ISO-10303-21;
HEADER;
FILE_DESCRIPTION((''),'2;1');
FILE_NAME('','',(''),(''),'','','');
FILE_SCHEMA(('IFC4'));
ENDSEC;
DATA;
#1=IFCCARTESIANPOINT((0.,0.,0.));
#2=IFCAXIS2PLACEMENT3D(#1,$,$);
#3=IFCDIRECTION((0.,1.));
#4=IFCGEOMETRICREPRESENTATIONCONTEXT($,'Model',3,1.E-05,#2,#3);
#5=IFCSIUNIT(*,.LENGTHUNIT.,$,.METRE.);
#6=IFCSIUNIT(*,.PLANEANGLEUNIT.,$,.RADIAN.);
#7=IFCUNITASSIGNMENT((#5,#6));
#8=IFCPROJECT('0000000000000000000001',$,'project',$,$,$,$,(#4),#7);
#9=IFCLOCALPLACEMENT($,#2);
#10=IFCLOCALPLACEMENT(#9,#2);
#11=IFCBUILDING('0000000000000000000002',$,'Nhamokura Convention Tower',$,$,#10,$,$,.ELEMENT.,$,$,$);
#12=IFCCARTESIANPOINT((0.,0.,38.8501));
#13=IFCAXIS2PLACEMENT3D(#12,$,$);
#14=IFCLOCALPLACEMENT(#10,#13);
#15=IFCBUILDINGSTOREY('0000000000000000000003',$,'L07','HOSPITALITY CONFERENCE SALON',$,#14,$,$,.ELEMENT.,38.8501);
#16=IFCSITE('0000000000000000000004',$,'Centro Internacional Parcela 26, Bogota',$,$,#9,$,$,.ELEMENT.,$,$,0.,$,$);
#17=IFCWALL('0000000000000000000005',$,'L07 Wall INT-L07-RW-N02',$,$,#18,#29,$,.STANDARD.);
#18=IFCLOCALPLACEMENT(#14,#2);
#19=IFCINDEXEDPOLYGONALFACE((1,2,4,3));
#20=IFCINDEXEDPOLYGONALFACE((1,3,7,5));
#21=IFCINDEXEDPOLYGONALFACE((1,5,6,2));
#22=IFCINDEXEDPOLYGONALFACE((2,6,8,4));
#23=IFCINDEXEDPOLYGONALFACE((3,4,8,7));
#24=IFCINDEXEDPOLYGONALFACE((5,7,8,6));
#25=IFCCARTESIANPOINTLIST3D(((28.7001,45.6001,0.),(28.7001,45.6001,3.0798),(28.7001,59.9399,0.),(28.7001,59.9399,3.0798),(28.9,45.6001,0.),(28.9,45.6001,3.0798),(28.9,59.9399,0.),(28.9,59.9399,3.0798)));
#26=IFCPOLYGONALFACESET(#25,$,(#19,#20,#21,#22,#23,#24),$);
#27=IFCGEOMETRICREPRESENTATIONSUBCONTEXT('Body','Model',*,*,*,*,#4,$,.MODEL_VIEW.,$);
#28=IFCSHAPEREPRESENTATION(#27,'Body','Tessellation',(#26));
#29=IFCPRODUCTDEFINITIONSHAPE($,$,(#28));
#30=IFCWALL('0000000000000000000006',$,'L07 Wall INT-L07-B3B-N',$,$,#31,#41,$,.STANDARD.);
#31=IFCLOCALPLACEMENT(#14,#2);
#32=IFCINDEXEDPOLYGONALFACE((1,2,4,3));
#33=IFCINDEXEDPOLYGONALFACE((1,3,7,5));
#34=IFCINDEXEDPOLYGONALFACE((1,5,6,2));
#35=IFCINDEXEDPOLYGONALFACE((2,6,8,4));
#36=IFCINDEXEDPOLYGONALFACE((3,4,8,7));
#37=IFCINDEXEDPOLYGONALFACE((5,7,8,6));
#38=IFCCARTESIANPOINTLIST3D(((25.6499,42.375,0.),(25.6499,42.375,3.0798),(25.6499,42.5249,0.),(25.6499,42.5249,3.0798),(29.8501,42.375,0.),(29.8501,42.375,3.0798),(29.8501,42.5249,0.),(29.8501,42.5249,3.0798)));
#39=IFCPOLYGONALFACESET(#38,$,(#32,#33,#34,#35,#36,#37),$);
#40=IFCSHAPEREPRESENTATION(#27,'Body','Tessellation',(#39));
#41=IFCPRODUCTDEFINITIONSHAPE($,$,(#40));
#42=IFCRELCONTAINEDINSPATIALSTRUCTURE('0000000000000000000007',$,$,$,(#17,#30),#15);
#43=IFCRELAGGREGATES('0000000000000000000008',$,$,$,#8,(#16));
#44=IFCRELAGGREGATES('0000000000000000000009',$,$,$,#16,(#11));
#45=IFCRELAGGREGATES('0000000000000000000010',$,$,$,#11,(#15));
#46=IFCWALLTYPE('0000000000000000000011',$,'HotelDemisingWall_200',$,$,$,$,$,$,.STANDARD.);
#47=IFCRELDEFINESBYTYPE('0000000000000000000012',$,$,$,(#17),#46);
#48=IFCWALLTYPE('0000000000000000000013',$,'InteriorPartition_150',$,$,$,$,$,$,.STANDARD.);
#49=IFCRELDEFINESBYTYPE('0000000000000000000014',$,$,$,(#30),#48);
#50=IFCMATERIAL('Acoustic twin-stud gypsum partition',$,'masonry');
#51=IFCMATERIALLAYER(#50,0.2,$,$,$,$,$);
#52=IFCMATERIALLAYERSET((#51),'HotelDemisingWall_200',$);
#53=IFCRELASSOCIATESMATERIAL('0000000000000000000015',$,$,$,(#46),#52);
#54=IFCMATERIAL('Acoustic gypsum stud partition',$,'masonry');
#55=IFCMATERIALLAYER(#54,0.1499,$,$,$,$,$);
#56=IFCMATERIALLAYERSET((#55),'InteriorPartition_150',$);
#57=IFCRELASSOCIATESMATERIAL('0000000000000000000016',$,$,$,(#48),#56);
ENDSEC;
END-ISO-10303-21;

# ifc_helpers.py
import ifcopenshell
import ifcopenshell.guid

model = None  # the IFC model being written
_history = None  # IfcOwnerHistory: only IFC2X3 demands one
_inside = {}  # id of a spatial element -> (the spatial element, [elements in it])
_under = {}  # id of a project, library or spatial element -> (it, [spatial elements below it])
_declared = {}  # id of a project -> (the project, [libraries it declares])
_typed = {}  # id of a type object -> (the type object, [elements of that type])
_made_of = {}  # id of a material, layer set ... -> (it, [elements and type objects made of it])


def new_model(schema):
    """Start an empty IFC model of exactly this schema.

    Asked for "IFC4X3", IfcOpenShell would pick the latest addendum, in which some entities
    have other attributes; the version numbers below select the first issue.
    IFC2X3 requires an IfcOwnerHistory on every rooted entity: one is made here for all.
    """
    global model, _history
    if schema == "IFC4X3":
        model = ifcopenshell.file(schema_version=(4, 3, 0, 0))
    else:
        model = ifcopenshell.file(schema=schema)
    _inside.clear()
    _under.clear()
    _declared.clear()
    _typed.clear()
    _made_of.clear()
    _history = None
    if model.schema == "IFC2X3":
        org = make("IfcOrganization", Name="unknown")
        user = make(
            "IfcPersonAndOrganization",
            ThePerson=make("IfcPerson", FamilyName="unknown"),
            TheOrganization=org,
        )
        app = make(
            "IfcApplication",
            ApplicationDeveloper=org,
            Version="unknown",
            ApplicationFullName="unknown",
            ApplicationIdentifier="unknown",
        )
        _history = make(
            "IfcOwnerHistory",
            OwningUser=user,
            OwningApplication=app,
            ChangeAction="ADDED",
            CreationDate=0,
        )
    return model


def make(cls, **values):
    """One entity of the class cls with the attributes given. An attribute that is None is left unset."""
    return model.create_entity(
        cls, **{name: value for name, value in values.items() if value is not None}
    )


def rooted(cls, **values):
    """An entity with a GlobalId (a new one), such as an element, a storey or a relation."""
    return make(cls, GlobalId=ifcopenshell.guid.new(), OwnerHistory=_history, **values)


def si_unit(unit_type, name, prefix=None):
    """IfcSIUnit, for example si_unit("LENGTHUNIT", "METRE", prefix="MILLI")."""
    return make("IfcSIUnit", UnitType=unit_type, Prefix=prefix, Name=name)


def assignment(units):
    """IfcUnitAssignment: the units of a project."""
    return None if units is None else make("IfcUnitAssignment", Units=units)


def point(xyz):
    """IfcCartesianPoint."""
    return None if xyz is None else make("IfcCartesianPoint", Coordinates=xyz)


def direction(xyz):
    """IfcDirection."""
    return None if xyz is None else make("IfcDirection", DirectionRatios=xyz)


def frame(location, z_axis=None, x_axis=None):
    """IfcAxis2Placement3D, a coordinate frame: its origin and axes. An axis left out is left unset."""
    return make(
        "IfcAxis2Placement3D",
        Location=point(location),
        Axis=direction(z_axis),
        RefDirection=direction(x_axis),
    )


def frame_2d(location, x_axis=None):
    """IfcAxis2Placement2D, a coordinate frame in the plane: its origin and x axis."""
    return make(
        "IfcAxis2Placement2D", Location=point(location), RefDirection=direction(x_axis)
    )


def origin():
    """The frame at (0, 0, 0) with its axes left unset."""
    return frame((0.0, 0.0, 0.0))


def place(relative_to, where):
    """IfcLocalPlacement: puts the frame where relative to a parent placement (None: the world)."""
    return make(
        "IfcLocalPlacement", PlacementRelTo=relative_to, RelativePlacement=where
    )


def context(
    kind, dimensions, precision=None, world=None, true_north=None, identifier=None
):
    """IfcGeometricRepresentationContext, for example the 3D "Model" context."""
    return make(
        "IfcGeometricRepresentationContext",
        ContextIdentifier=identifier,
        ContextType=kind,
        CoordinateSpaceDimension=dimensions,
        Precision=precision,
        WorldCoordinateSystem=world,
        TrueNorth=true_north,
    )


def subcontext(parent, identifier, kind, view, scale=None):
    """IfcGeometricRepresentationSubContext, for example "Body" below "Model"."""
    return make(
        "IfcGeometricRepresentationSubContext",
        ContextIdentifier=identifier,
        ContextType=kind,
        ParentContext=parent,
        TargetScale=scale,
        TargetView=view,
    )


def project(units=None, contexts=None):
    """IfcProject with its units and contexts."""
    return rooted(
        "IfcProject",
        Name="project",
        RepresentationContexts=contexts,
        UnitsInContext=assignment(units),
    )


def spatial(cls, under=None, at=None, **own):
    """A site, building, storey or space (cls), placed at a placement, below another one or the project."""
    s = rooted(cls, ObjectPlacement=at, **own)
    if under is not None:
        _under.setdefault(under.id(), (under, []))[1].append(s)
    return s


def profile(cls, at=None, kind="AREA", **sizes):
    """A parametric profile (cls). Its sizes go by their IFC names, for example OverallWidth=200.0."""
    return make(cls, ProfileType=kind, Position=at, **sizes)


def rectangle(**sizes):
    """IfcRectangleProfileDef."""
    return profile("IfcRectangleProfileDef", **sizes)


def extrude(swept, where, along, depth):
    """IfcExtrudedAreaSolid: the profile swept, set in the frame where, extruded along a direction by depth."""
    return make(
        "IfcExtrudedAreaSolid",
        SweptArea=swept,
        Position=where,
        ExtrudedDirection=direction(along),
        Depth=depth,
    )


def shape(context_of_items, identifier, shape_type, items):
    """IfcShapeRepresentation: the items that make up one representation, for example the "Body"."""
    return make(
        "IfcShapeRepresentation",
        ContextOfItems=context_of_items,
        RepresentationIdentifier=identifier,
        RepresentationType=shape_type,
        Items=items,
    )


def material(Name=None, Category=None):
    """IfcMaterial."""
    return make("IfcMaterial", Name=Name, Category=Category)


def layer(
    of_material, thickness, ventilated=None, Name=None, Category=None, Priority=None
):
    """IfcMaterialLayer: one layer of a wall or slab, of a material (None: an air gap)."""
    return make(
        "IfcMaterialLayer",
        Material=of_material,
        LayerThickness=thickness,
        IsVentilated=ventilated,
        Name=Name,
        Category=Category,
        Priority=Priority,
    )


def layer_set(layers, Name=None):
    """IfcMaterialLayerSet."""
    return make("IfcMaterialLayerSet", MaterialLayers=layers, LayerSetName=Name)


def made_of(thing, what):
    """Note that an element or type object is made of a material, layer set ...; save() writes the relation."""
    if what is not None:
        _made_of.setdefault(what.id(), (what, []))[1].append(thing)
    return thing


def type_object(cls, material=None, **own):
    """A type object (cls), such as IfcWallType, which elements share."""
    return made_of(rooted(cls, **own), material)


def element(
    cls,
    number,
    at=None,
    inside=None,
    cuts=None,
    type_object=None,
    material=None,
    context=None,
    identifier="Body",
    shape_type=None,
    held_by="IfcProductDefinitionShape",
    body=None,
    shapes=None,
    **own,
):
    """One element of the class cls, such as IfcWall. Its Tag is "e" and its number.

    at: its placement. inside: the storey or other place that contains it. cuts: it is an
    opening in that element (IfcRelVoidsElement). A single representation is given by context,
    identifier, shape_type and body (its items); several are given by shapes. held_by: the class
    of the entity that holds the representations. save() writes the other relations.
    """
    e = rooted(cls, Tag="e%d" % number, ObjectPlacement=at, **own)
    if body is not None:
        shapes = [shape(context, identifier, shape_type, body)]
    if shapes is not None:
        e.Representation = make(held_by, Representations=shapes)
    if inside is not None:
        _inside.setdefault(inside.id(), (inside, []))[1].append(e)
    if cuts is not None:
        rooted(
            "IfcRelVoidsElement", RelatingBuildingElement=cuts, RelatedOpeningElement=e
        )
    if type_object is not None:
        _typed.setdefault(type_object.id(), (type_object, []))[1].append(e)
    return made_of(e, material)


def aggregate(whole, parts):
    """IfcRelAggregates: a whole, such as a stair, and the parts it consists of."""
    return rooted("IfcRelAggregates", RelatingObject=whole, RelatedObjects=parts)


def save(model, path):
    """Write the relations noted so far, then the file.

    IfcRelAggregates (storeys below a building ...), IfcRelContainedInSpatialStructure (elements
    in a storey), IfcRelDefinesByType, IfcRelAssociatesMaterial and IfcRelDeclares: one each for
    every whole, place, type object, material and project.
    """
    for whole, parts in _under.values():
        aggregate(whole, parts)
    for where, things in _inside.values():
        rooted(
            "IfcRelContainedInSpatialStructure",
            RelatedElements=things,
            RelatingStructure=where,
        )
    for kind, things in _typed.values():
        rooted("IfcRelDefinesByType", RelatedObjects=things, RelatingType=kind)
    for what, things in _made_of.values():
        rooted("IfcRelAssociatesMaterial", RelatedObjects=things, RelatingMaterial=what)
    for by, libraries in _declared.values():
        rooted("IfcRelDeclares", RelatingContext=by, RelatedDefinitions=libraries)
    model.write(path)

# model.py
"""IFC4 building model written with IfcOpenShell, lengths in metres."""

from ifc_helpers import new_model, si_unit, direction, frame, frame_2d, origin, place, context, subcontext, project, spatial, rectangle, extrude, material, layer, layer_set, type_object, element, save


model = new_model("IFC4")

# Units and contexts
model_context = context("Model", 3, precision=1e-05, world=origin(), true_north=direction((0.0, 1.0)))
body_context = subcontext(model_context, "Body", "Model", "MODEL_VIEW")
ifc_project = project(units=[si_unit("LENGTHUNIT", "METRE"), si_unit("PLANEANGLEUNIT", "RADIAN")], contexts=[model_context])

# Site, building, storey
site_placement = place(None, origin())
site = spatial("IfcSite", under=ifc_project, at=site_placement, Name="Centro Internacional Parcela 26, Bogota", CompositionType="ELEMENT", RefElevation=0.0)
building_placement = place(site_placement, origin())
building = spatial("IfcBuilding", under=site, at=building_placement, Name="Nhamokura Convention Tower", CompositionType="ELEMENT")
storey_placement = place(building_placement, frame((0.0, 0.0, 38.8501)))
storey = spatial("IfcBuildingStorey", under=building, at=storey_placement, Name="L07", Description="HOSPITALITY CONFERENCE SALON", CompositionType="ELEMENT", Elevation=38.8501)

# Walls
ifc_material_1 = material(Name="Acoustic twin-stud gypsum partition", Category="masonry")
ifc_layer_1 = layer(ifc_material_1, 0.2)
ifc_layer_set_1 = layer_set([ifc_layer_1], Name="HotelDemisingWall_200")
wall_type_1 = type_object("IfcWallType", Name="HotelDemisingWall_200", PredefinedType="STANDARD", material=ifc_layer_set_1)
for number, where, z_axis, x_axis, name in (
    (1, (28.8, 45.6001, 0.0), (0.0, 0.0, 1.0), (0.0, 1.0, 0.0), "L07 Wall INT-L07-RW-N02"),
):
    element("IfcWall", number, at=place(storey_placement, frame(where, z_axis=z_axis, x_axis=x_axis)), inside=storey, type_object=wall_type_1, Name=name, PredefinedType="STANDARD", context=body_context, shape_type="SweptSolid", body=[
        extrude(rectangle(XDim=14.3398, YDim=0.2, at=frame_2d((7.1699, 0.0))), origin(), (0.0, 0.0, 1.0), 3.0798),
    ])
ifc_material_2 = material(Name="Acoustic gypsum stud partition", Category="masonry")
ifc_layer_2 = layer(ifc_material_2, 0.1499)
ifc_layer_set_2 = layer_set([ifc_layer_2], Name="InteriorPartition_150")
wall_type_2 = type_object("IfcWallType", Name="InteriorPartition_150", PredefinedType="STANDARD", material=ifc_layer_set_2)
wall_1_placement = place(storey_placement, frame((25.6499, 42.45, 0.0), z_axis=(0.0, 0.0, 1.0), x_axis=(1.0, 0.0, 0.0)))
element("IfcWall", 2, at=wall_1_placement, inside=storey, type_object=wall_type_2, Name="L07 Wall INT-L07-B3B-N", PredefinedType="STANDARD", context=body_context, shape_type="SweptSolid", body=[
    extrude(rectangle(XDim=4.2002, YDim=0.1499, at=frame_2d((2.1001, 0.0))), origin(), (0.0, 0.0, 1.0), 3.0798),
])

save(model, "model.ifc")
